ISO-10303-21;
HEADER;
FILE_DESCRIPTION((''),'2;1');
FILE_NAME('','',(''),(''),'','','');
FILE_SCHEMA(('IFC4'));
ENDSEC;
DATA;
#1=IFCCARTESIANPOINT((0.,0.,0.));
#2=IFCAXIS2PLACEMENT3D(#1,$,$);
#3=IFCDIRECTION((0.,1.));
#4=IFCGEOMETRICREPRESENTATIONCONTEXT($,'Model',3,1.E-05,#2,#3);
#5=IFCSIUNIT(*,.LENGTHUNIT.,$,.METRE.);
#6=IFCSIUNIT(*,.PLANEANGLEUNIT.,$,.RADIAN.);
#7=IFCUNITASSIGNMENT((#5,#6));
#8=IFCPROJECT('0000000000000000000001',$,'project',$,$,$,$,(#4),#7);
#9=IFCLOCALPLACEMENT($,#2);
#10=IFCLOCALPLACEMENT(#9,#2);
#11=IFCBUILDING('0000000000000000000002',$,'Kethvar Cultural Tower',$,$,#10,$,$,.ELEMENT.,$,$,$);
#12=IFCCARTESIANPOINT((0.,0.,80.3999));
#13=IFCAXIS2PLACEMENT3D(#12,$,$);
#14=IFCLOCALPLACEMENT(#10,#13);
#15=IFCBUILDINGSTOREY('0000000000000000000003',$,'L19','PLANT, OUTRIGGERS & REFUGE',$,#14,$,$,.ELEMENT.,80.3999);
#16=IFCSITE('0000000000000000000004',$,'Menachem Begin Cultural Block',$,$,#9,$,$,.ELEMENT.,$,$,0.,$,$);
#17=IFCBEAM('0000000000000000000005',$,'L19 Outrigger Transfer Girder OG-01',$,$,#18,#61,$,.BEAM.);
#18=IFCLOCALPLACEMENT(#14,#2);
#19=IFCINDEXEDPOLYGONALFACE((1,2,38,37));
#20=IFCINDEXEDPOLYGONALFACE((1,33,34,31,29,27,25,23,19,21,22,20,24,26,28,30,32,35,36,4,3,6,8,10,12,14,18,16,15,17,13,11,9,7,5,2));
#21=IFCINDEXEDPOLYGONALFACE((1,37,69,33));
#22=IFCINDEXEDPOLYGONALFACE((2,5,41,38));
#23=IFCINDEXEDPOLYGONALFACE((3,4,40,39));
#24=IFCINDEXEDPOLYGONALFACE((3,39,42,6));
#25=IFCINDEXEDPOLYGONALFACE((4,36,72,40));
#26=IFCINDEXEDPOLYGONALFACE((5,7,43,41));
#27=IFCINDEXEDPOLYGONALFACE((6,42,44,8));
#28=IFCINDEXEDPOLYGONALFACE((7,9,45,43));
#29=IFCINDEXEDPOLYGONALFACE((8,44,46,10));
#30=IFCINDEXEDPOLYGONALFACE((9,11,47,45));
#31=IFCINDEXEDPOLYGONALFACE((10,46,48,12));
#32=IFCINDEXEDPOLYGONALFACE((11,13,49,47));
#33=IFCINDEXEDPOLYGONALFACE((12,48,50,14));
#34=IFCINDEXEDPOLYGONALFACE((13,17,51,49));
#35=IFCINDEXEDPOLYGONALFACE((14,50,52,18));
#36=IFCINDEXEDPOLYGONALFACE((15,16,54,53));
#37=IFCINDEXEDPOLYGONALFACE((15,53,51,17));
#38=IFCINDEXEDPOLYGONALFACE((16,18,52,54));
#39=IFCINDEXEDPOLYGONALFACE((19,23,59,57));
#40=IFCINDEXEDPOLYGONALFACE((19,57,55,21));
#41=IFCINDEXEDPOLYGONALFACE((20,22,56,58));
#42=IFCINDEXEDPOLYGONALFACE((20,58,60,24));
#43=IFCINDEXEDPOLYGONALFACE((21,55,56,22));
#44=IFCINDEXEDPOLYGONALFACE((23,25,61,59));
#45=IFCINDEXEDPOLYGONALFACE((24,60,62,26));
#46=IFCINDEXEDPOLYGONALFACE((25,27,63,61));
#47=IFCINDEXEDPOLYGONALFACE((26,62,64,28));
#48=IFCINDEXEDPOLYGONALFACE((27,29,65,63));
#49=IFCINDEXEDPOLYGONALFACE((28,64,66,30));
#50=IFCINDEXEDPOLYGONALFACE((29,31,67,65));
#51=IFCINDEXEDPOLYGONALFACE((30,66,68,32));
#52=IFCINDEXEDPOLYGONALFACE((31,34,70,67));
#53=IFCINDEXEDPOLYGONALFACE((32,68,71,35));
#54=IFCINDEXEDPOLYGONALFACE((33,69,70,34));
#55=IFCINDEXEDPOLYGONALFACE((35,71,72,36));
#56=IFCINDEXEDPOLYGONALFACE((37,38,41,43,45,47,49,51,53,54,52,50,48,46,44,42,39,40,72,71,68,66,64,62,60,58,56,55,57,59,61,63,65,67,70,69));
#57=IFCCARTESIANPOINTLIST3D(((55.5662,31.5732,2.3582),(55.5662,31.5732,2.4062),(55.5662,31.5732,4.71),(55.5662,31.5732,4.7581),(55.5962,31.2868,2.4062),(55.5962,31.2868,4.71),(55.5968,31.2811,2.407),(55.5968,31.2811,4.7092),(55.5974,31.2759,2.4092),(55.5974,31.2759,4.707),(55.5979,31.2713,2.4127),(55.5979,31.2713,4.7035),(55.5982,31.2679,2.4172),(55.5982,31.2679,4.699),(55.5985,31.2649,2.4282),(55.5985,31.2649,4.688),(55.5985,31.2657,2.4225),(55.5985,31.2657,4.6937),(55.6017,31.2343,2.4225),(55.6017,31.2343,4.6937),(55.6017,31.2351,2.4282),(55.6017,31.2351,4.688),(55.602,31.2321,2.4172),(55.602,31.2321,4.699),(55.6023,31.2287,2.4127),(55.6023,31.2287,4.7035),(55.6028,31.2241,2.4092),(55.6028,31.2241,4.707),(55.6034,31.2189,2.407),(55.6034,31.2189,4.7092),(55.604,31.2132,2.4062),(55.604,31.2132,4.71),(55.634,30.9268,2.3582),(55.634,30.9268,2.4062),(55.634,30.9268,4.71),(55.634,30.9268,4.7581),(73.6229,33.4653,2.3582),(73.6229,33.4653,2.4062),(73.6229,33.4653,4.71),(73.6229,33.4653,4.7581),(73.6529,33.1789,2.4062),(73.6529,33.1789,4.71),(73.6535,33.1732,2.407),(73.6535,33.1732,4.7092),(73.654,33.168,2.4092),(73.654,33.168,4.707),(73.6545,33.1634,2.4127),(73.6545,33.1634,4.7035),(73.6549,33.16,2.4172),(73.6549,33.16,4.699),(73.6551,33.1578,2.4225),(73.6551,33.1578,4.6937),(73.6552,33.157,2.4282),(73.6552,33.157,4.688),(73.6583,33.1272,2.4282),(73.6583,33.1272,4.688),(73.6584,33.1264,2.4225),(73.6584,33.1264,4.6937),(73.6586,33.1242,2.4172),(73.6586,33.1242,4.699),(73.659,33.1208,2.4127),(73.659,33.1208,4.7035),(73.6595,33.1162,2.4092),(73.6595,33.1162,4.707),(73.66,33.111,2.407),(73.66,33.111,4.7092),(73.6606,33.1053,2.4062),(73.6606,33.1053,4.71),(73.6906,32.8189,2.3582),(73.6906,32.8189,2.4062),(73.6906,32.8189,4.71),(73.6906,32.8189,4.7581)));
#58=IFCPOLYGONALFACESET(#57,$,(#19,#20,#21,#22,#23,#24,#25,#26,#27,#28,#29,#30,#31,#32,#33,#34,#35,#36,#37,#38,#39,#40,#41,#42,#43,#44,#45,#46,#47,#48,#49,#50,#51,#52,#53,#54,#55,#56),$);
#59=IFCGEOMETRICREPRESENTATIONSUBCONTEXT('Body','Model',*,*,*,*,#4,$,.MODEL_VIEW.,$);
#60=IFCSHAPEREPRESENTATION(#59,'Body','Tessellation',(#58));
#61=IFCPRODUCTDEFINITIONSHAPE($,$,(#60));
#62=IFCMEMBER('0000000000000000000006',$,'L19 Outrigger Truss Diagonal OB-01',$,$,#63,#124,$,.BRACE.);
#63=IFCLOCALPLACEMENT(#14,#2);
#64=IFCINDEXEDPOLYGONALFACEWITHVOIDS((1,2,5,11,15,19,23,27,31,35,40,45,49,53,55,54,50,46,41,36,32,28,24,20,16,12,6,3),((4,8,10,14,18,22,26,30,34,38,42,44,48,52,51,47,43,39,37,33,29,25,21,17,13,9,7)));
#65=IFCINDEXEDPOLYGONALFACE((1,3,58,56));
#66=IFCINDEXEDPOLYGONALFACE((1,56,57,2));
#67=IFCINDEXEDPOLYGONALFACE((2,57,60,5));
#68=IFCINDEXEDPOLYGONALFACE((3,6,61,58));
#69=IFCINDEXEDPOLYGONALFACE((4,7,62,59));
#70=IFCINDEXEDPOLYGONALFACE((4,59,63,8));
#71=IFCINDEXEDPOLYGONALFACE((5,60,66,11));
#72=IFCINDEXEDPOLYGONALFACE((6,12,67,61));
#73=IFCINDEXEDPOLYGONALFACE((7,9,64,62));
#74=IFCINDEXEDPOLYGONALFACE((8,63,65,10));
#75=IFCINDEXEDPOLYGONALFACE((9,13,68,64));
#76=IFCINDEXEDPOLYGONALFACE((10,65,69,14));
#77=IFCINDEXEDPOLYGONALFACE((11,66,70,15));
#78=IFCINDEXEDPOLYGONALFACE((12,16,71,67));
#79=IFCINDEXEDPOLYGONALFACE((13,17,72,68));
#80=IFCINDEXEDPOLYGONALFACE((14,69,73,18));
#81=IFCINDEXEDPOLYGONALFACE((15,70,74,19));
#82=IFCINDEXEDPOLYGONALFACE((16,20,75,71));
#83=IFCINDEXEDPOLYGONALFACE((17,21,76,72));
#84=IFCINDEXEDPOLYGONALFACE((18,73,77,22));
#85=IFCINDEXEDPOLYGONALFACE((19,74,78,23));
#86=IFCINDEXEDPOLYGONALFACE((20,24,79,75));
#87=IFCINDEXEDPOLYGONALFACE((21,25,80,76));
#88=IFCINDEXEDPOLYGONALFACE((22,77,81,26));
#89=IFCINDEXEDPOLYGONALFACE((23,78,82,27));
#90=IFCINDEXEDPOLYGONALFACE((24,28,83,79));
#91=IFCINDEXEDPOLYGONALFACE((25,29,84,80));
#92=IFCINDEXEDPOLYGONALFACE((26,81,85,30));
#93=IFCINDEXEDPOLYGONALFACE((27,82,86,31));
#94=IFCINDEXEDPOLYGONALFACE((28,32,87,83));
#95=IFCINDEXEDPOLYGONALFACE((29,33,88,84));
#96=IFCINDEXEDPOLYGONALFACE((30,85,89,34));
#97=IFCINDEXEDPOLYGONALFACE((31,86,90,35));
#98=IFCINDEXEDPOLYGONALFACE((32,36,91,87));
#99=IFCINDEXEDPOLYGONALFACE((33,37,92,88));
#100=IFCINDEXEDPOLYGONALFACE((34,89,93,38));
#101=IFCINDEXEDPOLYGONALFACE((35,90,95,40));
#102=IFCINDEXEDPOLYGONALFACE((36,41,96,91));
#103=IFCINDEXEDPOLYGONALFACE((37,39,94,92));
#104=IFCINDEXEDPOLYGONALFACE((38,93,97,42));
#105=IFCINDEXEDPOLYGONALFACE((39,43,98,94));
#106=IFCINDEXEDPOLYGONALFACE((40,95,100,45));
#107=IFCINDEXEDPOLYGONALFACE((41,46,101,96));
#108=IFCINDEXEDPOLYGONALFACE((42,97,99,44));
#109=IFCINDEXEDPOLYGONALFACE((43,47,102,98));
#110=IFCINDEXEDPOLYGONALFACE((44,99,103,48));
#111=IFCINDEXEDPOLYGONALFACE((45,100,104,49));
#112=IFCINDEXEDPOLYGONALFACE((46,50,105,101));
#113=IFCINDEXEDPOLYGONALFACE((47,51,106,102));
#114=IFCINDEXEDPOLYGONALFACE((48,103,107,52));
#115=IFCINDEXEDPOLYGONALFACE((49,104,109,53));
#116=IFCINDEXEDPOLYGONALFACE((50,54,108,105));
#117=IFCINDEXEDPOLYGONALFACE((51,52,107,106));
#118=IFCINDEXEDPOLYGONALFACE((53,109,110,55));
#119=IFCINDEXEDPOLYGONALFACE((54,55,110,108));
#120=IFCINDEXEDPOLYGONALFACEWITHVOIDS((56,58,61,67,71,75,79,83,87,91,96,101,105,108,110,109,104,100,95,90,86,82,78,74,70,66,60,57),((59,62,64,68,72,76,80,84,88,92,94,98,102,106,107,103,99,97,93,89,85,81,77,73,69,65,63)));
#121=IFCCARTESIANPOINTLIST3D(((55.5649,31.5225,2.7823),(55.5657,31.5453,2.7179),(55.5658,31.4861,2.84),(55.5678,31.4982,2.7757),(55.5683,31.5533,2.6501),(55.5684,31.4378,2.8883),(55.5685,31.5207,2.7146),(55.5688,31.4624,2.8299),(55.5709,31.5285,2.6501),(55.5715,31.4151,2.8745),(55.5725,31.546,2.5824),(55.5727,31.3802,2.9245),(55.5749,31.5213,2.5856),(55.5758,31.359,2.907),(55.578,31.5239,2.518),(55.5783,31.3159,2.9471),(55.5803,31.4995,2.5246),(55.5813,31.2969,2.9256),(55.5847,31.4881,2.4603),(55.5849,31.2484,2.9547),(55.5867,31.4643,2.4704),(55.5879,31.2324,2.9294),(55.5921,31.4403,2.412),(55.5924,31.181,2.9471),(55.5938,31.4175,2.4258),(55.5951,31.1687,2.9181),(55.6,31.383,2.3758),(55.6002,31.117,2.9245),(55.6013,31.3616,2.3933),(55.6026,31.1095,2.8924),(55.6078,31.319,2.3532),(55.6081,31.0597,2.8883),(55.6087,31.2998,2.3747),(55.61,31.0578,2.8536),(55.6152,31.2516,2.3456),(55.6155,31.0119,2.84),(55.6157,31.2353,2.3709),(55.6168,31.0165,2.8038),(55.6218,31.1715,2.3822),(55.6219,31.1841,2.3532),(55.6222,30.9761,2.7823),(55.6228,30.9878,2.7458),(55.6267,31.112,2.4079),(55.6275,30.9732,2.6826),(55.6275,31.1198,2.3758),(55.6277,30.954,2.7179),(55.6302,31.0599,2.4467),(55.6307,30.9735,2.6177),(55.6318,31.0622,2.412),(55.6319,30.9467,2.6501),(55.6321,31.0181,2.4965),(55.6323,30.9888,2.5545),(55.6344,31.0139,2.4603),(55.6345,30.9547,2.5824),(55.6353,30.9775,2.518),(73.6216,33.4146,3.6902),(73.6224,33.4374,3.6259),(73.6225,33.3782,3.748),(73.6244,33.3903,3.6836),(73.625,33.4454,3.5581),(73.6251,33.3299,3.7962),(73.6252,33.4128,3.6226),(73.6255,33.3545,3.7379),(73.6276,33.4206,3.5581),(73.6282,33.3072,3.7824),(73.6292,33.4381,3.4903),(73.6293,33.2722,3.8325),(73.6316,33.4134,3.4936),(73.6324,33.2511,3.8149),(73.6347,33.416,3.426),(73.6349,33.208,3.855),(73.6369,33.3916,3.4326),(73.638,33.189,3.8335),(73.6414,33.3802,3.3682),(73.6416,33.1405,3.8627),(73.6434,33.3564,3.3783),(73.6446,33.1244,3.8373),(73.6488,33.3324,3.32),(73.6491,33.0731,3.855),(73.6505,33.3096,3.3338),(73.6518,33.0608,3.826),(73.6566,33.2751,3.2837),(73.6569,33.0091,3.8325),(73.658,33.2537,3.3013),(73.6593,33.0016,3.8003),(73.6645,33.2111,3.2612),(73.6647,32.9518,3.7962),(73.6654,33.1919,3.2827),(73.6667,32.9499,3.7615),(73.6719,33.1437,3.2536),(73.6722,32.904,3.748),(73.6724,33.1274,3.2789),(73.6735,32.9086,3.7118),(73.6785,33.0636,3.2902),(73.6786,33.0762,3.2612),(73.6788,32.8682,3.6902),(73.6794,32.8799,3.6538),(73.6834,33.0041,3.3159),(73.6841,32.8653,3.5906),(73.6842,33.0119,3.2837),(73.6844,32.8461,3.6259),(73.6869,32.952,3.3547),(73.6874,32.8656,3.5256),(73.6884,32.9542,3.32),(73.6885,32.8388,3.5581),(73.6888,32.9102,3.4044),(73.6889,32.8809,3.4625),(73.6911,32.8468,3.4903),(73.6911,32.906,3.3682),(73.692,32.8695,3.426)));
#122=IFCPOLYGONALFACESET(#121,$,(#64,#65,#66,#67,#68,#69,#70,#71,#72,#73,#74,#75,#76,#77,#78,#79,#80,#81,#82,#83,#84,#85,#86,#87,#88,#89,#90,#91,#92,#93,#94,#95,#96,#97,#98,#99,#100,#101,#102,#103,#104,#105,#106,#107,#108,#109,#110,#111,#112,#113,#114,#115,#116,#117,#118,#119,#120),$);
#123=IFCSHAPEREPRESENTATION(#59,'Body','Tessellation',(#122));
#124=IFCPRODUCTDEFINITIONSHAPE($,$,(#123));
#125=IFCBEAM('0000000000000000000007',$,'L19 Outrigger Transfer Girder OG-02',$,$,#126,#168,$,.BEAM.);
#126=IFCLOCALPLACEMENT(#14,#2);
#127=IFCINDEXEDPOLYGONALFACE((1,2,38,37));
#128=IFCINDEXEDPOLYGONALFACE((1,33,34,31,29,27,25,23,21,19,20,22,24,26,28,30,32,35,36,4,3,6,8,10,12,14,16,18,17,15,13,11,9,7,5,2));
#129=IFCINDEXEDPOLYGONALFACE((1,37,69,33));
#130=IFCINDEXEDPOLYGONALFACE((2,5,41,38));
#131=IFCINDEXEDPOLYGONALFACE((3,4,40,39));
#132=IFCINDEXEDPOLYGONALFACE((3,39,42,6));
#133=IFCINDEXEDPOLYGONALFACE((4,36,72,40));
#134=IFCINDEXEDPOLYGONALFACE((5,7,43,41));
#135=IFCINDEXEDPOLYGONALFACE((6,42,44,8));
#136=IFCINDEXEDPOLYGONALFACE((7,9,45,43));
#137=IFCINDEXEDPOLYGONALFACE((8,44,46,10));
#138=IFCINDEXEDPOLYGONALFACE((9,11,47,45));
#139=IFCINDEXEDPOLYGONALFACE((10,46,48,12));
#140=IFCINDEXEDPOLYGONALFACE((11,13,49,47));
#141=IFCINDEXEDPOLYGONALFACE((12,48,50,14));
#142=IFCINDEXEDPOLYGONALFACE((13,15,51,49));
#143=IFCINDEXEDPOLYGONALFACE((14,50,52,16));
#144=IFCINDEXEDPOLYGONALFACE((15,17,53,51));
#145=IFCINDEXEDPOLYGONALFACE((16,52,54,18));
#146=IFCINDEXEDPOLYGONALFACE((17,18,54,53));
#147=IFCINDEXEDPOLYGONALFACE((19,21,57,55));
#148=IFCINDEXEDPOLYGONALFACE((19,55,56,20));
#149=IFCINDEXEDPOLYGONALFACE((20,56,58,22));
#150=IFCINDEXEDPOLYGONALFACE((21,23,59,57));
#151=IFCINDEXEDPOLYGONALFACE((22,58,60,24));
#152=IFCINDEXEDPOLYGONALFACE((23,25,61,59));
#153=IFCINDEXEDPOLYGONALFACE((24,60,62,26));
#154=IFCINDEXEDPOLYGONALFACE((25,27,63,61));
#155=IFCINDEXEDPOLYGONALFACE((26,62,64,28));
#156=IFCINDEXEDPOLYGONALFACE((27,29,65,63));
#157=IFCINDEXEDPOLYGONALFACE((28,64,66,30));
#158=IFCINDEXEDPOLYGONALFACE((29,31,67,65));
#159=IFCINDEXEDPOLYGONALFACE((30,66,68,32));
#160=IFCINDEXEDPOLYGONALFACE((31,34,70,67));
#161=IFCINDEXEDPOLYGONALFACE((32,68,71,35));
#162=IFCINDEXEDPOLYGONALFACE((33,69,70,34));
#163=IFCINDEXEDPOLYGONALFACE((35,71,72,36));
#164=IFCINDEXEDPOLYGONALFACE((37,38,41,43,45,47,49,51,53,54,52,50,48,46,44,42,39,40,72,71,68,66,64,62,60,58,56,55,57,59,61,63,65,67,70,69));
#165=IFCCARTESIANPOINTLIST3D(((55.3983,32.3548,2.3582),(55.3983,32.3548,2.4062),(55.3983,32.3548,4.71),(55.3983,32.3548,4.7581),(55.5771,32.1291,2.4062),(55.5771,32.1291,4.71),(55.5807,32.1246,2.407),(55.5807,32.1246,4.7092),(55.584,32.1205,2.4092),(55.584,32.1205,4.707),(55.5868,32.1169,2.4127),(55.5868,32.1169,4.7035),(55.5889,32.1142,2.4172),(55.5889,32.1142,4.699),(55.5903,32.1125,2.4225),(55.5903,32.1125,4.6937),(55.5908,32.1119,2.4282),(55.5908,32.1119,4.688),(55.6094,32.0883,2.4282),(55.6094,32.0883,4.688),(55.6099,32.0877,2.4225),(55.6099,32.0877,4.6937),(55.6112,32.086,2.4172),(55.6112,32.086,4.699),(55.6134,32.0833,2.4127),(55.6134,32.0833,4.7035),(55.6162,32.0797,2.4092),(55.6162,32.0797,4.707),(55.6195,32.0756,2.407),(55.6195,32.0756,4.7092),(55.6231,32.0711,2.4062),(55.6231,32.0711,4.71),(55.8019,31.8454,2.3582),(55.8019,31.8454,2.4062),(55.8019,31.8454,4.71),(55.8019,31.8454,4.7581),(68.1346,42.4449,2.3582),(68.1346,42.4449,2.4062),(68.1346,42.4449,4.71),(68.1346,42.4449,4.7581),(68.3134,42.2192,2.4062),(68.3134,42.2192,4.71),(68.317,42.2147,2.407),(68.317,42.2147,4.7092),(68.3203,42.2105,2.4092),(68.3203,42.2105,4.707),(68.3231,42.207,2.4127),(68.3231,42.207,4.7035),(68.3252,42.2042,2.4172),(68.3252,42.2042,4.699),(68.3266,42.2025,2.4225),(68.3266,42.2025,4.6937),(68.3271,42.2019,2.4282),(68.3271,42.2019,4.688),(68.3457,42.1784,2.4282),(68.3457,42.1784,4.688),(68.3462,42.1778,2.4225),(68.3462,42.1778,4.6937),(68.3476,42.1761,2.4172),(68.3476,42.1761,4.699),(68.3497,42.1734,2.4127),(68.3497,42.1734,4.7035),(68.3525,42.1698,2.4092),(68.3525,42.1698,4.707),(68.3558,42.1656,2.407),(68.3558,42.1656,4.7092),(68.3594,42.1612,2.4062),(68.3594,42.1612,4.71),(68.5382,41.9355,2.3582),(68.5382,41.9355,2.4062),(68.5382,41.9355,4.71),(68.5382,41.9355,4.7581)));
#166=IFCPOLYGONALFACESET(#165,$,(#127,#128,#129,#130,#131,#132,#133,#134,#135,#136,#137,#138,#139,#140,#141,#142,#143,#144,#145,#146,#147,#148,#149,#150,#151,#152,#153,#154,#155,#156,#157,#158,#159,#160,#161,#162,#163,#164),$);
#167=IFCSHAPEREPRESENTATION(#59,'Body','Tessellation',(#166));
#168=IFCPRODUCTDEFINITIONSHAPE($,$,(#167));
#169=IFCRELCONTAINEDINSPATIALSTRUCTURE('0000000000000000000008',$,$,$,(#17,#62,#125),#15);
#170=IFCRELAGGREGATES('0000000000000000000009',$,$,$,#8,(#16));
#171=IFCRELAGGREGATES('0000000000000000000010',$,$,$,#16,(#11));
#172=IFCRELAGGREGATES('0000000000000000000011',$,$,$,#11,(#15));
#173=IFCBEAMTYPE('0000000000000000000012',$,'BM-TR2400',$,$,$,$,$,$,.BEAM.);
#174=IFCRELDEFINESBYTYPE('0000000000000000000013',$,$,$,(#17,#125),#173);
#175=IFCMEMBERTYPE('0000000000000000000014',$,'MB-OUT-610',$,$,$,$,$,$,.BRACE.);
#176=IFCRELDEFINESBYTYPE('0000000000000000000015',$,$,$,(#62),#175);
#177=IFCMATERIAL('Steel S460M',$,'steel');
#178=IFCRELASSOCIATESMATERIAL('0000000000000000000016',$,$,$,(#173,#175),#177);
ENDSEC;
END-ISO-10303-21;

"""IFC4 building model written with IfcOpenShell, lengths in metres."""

from ifc_helpers import new_model, si_unit, direction, frame, origin, origin_2d, place, context, subcontext, project, spatial, hollow_circle, i_section, extrude, source, transform, mapped, material, material_profile, profile_set, type_object, element, save


model = new_model("IFC4")

# Units and contexts
model_context = context("Model", 3, precision=1e-05, world=origin(), true_north=direction((0.0, 1.0)))
body_context = subcontext(model_context, "Body", "Model", "MODEL_VIEW")
ifc_project = project(units=[si_unit("LENGTHUNIT", "METRE"), si_unit("PLANEANGLEUNIT", "RADIAN")], contexts=[model_context])

# Site, building, storey
site_placement = place(None, origin())
site = spatial("IfcSite", under=ifc_project, at=site_placement, Name="Menachem Begin Cultural Block", CompositionType="ELEMENT", RefElevation=0.0)
building_placement = place(site_placement, origin())
building = spatial("IfcBuilding", under=site, at=building_placement, Name="Kethvar Cultural Tower", CompositionType="ELEMENT")
storey_placement = place(building_placement, frame((0.0, 0.0, 80.3999)))
storey = spatial("IfcBuildingStorey", under=building, at=storey_placement, Name="L19", Description="PLANT, OUTRIGGERS & REFUGE", CompositionType="ELEMENT", Elevation=80.3999)

# Beam
ifc_material_1 = material(Name="Steel S460M", Category="steel")
ifc_material_profile_1 = material_profile(ifc_material_1, i_section(OverallWidth=0.6499, OverallDepth=2.3999, WebThickness=0.03, FlangeThickness=0.0481, FilletRadius=0.022, at=origin_2d()), Name="Steel S460M — PG2400x650x48x30")
ifc_profile_set_1 = profile_set([ifc_material_profile_1], Name="Steel S460M — PG2400x650x48x30")
beam_type = type_object("IfcBeamType", Name="BM-TR2400", PredefinedType="BEAM", material=ifc_profile_set_1)
shared_shape_1 = source(origin(), body_context, "Body", "SweptSolid", [
    extrude(i_section(OverallWidth=0.6499, OverallDepth=2.3999, WebThickness=0.03, FlangeThickness=0.0481, FilletRadius=0.022, at=origin_2d()), origin(), (0.0, 0.0, 1.0), 18.1555),
])
beam_1_placement = place(storey_placement, frame((55.6001, 31.25, 3.5581), z_axis=(0.994555, 0.104216, 0.0), x_axis=(-0.104216, 0.994555, 0.0)))
element("IfcBeam", 1, at=beam_1_placement, inside=storey, type_object=beam_type, Name="L19 Outrigger Transfer Girder OG-01", PredefinedType="BEAM", context=body_context, shape_type="MappedRepresentation", body=[
    mapped(shared_shape_1, transform((0.0, 0.0, 0.0), scale=1.0)),
])

# Member
ifc_material_profile_2 = material_profile(ifc_material_1, hollow_circle(Radius=0.3049, WallThickness=0.0249, at=origin_2d()), Name="Steel S460M — CHS610x25")
ifc_profile_set_2 = profile_set([ifc_material_profile_2], Name="Steel S460M — CHS610x25")
member_type = type_object("IfcMemberType", Name="MB-OUT-610", PredefinedType="BRACE", material=ifc_profile_set_2)
shared_shape_2 = source(origin(), body_context, "Body", "SweptSolid", [
    extrude(hollow_circle(Radius=0.3049, WallThickness=0.0249, at=origin_2d()), origin(), (0.0, 0.0, 1.0), 18.1782),
])
member_1_placement = place(storey_placement, frame((55.6001, 31.25, 2.6501), z_axis=(0.993313, 0.104086, 0.049948), x_axis=(-0.104216, 0.994555, 0.0)))
element("IfcMember", 2, at=member_1_placement, inside=storey, type_object=member_type, Name="L19 Outrigger Truss Diagonal OB-01", PredefinedType="BRACE", context=body_context, shape_type="MappedRepresentation", body=[
    mapped(shared_shape_2, transform((0.0, 0.0, 0.0), scale=1.0)),
])

# Beam
shared_shape_3 = source(origin(), body_context, "Body", "SweptSolid", [
    extrude(i_section(OverallWidth=0.6499, OverallDepth=2.3999, WebThickness=0.03, FlangeThickness=0.0481, FilletRadius=0.022, at=origin_2d()), origin(), (0.0, 0.0, 1.0), 16.2488),
])
beam_2_placement = place(storey_placement, frame((55.6001, 32.1001, 3.5581), z_axis=(0.783831, 0.620974, 0.0), x_axis=(-0.620974, 0.783831, 0.0)))
element("IfcBeam", 3, at=beam_2_placement, inside=storey, type_object=beam_type, Name="L19 Outrigger Transfer Girder OG-02", PredefinedType="BEAM", context=body_context, shape_type="MappedRepresentation", body=[
    mapped(shared_shape_3, transform((0.0, 0.0, 0.0), scale=1.0)),
])

save(model, "model.ifc")
